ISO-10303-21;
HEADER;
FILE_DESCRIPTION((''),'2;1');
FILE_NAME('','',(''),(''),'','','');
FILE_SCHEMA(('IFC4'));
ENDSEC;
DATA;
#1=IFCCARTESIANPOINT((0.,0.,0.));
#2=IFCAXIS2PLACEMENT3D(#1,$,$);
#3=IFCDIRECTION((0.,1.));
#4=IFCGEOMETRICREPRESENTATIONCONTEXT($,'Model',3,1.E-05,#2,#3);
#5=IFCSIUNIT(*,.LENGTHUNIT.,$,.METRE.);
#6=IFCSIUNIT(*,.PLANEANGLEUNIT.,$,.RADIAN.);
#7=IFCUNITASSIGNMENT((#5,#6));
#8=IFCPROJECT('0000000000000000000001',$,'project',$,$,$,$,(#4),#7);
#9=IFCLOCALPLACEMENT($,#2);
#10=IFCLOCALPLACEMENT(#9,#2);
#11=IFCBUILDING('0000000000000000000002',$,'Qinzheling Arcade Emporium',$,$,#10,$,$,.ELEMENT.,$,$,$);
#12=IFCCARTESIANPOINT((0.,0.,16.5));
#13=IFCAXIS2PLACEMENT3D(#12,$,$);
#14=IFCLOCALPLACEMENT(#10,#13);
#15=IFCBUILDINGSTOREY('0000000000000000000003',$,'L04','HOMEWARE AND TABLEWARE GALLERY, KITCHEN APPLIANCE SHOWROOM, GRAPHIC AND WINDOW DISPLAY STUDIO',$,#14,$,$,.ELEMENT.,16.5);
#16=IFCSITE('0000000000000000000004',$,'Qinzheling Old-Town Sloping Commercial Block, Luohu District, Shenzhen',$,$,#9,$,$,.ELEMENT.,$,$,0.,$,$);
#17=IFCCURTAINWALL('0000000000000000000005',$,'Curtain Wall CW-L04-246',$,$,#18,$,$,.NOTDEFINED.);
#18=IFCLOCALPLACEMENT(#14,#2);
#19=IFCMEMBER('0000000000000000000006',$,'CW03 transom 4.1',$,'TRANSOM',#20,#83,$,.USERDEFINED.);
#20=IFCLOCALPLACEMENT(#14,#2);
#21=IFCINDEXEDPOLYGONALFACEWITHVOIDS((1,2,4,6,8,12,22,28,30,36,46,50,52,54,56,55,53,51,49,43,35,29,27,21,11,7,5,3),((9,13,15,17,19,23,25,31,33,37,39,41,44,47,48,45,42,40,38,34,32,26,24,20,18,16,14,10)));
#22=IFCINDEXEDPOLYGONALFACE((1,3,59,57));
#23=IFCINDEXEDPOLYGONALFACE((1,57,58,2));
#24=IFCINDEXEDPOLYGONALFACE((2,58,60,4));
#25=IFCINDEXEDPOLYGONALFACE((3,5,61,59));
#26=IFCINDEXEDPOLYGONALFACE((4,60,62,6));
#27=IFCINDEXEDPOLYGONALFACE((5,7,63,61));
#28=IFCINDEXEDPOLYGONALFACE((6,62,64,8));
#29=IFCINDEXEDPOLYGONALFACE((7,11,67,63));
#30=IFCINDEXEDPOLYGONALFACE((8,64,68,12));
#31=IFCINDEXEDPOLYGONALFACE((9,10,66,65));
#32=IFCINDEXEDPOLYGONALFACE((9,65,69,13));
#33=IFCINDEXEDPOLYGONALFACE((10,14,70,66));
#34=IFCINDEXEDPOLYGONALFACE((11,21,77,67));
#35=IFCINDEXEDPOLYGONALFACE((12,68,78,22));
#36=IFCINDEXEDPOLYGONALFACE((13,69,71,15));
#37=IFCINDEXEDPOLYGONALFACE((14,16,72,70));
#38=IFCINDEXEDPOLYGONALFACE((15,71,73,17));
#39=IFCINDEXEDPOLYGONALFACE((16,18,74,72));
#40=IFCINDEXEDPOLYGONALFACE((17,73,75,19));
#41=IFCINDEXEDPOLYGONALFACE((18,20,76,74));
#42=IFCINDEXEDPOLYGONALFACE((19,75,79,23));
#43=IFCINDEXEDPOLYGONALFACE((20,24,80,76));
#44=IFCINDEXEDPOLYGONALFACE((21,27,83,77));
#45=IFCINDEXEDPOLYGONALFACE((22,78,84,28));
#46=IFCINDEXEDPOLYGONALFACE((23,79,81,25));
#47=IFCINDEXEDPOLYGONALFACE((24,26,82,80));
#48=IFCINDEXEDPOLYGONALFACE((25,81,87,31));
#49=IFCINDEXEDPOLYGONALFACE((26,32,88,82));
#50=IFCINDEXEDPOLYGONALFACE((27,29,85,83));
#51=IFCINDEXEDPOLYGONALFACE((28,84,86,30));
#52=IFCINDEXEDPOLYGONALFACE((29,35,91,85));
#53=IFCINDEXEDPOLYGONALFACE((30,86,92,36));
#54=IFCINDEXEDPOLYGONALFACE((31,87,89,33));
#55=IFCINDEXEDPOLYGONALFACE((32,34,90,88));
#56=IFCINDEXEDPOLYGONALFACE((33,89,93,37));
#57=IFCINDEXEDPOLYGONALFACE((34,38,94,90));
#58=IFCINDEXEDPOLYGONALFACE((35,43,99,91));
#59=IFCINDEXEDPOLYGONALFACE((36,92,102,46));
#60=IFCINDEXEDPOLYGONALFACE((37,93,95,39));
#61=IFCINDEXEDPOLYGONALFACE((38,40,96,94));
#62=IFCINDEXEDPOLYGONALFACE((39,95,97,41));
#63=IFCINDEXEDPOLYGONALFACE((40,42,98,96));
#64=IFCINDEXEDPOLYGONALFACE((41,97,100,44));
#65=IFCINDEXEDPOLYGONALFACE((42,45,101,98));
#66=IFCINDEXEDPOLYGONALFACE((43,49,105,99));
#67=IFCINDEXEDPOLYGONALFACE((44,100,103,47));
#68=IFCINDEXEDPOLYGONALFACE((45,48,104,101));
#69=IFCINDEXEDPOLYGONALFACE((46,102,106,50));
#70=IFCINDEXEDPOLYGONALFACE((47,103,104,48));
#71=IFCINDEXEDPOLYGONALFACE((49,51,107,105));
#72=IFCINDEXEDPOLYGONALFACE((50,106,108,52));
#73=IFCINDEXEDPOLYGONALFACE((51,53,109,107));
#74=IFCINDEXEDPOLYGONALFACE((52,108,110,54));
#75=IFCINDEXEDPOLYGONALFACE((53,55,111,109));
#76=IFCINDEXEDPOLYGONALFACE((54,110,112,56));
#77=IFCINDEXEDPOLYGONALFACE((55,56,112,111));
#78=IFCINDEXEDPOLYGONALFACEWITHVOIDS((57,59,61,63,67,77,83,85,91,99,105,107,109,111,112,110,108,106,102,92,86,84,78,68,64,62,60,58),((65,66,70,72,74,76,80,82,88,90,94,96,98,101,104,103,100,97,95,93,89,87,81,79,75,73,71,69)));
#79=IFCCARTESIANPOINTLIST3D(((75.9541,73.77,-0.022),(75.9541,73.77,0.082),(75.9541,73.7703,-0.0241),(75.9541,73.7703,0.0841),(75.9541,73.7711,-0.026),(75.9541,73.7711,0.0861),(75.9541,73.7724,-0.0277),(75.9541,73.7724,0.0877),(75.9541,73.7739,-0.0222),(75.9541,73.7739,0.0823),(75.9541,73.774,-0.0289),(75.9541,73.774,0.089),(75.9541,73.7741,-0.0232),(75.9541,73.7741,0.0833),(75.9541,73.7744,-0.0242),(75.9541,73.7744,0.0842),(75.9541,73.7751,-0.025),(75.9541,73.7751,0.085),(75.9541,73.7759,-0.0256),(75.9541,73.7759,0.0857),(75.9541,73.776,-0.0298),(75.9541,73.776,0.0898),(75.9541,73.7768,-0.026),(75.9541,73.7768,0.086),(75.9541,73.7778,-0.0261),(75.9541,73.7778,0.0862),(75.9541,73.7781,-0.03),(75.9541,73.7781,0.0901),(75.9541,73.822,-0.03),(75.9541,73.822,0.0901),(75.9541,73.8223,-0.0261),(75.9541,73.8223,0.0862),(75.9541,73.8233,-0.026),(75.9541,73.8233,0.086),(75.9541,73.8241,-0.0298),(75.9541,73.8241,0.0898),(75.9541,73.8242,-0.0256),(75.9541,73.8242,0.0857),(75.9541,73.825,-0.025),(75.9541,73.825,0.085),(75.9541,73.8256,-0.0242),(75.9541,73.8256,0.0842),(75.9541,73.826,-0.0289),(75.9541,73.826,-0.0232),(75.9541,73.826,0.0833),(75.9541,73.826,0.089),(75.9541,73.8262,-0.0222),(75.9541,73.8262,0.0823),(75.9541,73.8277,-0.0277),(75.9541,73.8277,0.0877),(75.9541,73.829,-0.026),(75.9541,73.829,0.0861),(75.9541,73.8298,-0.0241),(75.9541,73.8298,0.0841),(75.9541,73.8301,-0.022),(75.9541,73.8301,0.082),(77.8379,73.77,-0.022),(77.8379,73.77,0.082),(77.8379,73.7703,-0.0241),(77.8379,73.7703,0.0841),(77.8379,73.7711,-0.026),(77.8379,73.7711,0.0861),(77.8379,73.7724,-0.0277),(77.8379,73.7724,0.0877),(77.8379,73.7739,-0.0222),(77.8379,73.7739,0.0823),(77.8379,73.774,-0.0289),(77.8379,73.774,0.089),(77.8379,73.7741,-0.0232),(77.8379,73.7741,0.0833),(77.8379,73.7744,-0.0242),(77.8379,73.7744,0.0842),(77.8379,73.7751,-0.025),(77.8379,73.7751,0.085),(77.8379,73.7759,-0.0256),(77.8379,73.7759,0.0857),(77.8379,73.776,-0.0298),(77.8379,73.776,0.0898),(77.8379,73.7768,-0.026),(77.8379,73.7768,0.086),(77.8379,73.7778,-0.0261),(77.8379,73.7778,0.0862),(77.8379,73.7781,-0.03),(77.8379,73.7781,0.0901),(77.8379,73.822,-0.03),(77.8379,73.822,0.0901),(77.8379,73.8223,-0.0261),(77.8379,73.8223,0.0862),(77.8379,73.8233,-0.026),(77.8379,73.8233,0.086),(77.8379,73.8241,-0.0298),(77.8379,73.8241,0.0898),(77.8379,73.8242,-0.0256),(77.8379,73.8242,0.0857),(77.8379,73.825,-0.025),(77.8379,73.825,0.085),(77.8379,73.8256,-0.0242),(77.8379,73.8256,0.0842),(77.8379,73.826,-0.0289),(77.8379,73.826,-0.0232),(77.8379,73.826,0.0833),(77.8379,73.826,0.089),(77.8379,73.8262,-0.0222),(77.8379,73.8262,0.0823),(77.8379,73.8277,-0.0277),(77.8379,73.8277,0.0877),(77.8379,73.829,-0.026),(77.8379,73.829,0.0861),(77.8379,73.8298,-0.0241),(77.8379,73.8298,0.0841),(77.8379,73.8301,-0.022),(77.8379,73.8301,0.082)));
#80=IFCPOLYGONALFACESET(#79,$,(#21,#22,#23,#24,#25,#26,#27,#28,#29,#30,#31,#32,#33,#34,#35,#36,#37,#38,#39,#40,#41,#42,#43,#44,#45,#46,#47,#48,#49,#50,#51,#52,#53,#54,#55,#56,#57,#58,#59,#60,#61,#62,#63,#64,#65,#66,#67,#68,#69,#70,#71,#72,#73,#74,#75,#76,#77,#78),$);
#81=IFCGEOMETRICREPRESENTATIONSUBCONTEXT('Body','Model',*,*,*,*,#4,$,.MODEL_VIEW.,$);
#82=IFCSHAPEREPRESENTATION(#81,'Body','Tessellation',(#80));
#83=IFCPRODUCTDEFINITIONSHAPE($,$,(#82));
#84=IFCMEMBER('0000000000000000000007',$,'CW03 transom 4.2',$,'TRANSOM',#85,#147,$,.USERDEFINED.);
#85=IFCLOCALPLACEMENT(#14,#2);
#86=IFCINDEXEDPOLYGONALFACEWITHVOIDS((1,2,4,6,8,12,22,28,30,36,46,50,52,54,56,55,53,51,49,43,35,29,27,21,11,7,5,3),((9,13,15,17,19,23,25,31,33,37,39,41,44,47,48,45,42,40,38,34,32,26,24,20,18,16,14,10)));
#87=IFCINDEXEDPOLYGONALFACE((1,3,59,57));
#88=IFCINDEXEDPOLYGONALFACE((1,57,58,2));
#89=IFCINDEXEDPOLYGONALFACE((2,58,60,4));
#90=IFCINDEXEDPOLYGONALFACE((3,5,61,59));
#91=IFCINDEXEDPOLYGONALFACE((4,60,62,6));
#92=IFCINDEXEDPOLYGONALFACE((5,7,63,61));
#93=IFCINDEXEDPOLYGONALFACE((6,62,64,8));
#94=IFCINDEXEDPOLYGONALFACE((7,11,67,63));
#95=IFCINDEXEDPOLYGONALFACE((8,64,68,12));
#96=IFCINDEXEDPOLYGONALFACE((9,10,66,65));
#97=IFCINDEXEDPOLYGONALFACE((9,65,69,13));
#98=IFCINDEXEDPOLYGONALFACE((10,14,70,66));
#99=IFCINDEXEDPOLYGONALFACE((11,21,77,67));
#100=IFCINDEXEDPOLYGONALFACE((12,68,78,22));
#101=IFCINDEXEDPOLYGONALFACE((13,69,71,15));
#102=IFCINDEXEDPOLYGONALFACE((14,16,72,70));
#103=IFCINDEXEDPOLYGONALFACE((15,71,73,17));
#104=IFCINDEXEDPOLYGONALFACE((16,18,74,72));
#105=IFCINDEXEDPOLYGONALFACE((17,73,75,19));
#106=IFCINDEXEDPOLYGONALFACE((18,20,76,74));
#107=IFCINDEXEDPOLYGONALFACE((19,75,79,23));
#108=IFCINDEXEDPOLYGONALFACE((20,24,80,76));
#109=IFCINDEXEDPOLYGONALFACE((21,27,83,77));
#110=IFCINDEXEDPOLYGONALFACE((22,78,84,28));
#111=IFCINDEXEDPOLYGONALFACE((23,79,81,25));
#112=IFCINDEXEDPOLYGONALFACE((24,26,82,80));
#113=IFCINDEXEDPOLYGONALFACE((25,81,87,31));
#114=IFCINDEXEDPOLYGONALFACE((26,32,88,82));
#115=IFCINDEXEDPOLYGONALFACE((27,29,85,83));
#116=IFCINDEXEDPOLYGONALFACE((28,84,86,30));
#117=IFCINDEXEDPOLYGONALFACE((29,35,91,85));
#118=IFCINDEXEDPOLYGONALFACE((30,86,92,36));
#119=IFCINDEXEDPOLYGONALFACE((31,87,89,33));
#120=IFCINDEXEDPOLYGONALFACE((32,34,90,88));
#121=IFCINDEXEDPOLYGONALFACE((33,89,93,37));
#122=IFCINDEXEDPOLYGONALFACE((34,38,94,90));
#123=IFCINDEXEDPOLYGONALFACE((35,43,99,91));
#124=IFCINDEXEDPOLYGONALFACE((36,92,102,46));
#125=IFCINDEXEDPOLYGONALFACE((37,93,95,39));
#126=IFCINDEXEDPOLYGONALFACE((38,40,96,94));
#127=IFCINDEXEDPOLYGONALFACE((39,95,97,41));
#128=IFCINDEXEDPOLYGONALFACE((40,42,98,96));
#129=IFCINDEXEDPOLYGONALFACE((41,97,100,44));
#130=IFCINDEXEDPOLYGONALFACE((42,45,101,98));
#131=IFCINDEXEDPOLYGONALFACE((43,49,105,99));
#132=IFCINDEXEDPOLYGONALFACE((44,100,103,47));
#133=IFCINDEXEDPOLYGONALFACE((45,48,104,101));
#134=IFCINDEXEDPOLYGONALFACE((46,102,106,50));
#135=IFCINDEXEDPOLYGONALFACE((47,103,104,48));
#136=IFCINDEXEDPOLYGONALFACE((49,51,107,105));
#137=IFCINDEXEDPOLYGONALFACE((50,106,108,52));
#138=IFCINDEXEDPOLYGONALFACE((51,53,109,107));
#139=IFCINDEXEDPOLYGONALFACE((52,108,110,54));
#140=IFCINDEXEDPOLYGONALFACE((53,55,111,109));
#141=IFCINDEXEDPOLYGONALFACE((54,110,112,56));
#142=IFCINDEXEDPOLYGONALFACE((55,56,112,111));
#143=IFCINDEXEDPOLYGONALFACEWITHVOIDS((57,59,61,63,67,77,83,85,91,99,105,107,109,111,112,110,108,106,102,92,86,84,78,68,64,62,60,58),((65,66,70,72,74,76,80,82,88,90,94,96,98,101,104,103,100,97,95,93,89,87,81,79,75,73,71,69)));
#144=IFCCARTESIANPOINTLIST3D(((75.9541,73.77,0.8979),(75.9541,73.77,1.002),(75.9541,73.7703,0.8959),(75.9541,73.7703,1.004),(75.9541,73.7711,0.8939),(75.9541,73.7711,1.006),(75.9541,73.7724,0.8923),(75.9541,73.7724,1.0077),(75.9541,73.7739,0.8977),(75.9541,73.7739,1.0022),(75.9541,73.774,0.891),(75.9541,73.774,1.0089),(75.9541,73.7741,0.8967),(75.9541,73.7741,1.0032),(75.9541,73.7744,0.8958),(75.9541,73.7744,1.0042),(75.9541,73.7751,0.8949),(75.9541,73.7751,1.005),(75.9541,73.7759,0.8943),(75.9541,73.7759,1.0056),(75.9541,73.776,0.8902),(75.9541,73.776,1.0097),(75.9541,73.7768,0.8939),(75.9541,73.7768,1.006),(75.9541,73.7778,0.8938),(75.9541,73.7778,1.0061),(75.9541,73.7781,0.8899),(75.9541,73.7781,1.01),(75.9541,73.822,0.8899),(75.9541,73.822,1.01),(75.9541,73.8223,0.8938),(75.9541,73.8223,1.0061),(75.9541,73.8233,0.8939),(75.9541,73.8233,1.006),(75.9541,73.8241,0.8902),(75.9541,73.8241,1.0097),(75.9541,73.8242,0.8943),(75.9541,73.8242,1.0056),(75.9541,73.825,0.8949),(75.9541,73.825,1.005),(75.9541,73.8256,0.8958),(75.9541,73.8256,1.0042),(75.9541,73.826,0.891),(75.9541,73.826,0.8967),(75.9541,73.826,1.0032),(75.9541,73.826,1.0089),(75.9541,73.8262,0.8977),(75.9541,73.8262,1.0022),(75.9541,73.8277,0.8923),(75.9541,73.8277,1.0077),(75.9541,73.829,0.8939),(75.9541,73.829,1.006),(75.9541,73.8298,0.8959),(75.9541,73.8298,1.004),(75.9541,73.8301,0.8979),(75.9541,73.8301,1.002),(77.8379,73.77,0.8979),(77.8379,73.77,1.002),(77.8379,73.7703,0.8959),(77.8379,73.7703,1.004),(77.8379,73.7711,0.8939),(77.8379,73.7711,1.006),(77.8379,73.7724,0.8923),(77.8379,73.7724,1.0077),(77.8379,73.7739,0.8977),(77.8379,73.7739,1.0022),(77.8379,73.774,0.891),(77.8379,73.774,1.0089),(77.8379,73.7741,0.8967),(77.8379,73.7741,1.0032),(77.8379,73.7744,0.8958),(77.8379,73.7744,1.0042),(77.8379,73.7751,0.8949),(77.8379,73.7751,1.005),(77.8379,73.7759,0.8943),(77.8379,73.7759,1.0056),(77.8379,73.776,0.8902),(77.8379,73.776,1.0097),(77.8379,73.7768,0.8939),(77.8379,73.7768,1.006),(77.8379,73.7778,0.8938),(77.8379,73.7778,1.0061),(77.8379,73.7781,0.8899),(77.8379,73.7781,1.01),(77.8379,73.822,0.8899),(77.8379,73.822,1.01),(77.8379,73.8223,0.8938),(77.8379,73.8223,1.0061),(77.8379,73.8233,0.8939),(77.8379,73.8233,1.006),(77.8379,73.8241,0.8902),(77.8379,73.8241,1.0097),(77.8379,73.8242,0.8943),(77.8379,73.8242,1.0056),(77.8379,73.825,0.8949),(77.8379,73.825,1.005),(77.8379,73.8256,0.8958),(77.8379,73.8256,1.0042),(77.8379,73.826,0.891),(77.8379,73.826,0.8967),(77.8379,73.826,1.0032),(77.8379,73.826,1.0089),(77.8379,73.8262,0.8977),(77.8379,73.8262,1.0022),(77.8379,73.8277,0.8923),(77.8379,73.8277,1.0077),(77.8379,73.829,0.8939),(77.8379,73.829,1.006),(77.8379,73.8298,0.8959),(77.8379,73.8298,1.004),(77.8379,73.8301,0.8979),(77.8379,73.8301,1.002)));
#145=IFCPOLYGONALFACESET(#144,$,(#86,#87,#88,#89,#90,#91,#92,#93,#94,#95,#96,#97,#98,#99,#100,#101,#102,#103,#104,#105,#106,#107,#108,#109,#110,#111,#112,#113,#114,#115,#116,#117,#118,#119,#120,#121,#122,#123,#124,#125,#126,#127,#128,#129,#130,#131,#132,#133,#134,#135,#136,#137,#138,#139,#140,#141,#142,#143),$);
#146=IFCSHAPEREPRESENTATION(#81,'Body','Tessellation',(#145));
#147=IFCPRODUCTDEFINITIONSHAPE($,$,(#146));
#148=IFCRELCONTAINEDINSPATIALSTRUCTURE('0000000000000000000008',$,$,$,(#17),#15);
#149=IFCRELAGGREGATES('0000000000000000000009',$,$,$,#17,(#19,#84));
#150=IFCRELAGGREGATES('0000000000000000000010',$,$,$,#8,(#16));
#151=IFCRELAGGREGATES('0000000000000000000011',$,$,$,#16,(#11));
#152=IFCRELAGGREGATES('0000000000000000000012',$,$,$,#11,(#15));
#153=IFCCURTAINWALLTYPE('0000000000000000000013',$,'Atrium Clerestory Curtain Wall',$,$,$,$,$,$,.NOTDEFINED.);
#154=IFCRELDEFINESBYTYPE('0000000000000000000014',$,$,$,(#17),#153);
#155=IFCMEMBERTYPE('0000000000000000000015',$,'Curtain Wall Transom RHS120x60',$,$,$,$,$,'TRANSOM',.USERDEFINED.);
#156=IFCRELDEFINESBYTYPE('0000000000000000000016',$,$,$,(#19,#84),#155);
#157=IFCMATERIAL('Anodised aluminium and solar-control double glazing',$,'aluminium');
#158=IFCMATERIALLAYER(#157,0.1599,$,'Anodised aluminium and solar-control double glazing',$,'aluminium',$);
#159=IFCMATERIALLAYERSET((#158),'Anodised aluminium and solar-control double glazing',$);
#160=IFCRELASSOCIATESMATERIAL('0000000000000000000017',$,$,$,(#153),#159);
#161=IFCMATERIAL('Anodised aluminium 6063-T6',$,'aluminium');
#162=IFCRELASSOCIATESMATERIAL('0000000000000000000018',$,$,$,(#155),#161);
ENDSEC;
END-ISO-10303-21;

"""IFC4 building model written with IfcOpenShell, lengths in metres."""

from ifc_helpers import new_model, si_unit, direction, frame, origin, origin_2d, place, context, subcontext, project, spatial, hollow_rectangle, extrude, material, layer, layer_set, material_profile, profile_set, type_object, element, aggregate, save


model = new_model("IFC4")

# Units and contexts
model_context = context("Model", 3, precision=1e-05, world=origin(), true_north=direction((0.0, 1.0)))
body_context = subcontext(model_context, "Body", "Model", "MODEL_VIEW")
ifc_project = project(units=[si_unit("LENGTHUNIT", "METRE"), si_unit("PLANEANGLEUNIT", "RADIAN")], contexts=[model_context])

# Site, building, storey
site_placement = place(None, origin())
site = spatial("IfcSite", under=ifc_project, at=site_placement, Name="Qinzheling Old-Town Sloping Commercial Block, Luohu District, Shenzhen", CompositionType="ELEMENT", RefElevation=0.0)
building_placement = place(site_placement, origin())
building = spatial("IfcBuilding", under=site, at=building_placement, Name="Qinzheling Arcade Emporium", CompositionType="ELEMENT")
storey_placement = place(building_placement, frame((0.0, 0.0, 16.5)))
storey = spatial("IfcBuildingStorey", under=building, at=storey_placement, Name="L04", Description="HOMEWARE AND TABLEWARE GALLERY, KITCHEN APPLIANCE SHOWROOM, GRAPHIC AND WINDOW DISPLAY STUDIO", CompositionType="ELEMENT", Elevation=16.5)

# Curtain wall
ifc_material_1 = material(Name="Anodised aluminium and solar-control double glazing", Category="aluminium")
ifc_layer_1 = layer(ifc_material_1, 0.1599, Name="Anodised aluminium and solar-control double glazing", Category="aluminium")
ifc_layer_set_1 = layer_set([ifc_layer_1], Name="Anodised aluminium and solar-control double glazing")
curtain_wall_type = type_object("IfcCurtainWallType", Name="Atrium Clerestory Curtain Wall", PredefinedType="NOTDEFINED", material=ifc_layer_set_1)
curtain_wall_1_placement = place(storey_placement, origin())
curtain_wall_1 = element("IfcCurtainWall", 1, at=curtain_wall_1_placement, inside=storey, type_object=curtain_wall_type, Name="Curtain Wall CW-L04-246", PredefinedType="NOTDEFINED")
ifc_material_2 = material(Name="Anodised aluminium 6063-T6", Category="aluminium")

# Members
ifc_material_profile_1 = material_profile(ifc_material_2, hollow_rectangle(XDim=0.0601, YDim=0.1201, WallThickness=0.0039, InnerFilletRadius=0.0039, OuterFilletRadius=0.0081, at=origin_2d()), Name="RHS 120x60x4", Category="aluminium")
ifc_profile_set_1 = profile_set([ifc_material_profile_1], Name="Anodised aluminium 6063-T6")
member_type_1 = type_object("IfcMemberType", Name="Curtain Wall Transom RHS120x60", ElementType="TRANSOM", PredefinedType="USERDEFINED", material=ifc_profile_set_1)
member_1_placement = place(storey_placement, frame((75.9541, 73.8, 0.03), z_axis=(1.0, 0.0, 0.0), x_axis=(0.0, 1.0, 0.0)))
member_1 = element("IfcMember", 2, at=member_1_placement, type_object=member_type_1, Name="CW03 transom 4.1", ObjectType="TRANSOM", PredefinedType="USERDEFINED", context=body_context, shape_type="SweptSolid", body=[
    extrude(hollow_rectangle(XDim=0.0601, YDim=0.1201, WallThickness=0.0039, InnerFilletRadius=0.0039, OuterFilletRadius=0.0081, at=origin_2d()), origin(), (0.0, 0.0, 1.0), 1.8838),
])
member_2_placement = place(storey_placement, frame((75.9541, 73.8, 0.95), z_axis=(1.0, 0.0, 0.0), x_axis=(0.0, 1.0, 0.0)))
member_2 = element("IfcMember", 3, at=member_2_placement, type_object=member_type_1, Name="CW03 transom 4.2", ObjectType="TRANSOM", PredefinedType="USERDEFINED", context=body_context, shape_type="SweptSolid", body=[
    extrude(hollow_rectangle(XDim=0.0601, YDim=0.1201, WallThickness=0.0039, InnerFilletRadius=0.0039, OuterFilletRadius=0.0081, at=origin_2d()), origin(), (0.0, 0.0, 1.0), 1.8838),
])

aggregate(curtain_wall_1, [member_1, member_2])

save(model, "model.ifc")
